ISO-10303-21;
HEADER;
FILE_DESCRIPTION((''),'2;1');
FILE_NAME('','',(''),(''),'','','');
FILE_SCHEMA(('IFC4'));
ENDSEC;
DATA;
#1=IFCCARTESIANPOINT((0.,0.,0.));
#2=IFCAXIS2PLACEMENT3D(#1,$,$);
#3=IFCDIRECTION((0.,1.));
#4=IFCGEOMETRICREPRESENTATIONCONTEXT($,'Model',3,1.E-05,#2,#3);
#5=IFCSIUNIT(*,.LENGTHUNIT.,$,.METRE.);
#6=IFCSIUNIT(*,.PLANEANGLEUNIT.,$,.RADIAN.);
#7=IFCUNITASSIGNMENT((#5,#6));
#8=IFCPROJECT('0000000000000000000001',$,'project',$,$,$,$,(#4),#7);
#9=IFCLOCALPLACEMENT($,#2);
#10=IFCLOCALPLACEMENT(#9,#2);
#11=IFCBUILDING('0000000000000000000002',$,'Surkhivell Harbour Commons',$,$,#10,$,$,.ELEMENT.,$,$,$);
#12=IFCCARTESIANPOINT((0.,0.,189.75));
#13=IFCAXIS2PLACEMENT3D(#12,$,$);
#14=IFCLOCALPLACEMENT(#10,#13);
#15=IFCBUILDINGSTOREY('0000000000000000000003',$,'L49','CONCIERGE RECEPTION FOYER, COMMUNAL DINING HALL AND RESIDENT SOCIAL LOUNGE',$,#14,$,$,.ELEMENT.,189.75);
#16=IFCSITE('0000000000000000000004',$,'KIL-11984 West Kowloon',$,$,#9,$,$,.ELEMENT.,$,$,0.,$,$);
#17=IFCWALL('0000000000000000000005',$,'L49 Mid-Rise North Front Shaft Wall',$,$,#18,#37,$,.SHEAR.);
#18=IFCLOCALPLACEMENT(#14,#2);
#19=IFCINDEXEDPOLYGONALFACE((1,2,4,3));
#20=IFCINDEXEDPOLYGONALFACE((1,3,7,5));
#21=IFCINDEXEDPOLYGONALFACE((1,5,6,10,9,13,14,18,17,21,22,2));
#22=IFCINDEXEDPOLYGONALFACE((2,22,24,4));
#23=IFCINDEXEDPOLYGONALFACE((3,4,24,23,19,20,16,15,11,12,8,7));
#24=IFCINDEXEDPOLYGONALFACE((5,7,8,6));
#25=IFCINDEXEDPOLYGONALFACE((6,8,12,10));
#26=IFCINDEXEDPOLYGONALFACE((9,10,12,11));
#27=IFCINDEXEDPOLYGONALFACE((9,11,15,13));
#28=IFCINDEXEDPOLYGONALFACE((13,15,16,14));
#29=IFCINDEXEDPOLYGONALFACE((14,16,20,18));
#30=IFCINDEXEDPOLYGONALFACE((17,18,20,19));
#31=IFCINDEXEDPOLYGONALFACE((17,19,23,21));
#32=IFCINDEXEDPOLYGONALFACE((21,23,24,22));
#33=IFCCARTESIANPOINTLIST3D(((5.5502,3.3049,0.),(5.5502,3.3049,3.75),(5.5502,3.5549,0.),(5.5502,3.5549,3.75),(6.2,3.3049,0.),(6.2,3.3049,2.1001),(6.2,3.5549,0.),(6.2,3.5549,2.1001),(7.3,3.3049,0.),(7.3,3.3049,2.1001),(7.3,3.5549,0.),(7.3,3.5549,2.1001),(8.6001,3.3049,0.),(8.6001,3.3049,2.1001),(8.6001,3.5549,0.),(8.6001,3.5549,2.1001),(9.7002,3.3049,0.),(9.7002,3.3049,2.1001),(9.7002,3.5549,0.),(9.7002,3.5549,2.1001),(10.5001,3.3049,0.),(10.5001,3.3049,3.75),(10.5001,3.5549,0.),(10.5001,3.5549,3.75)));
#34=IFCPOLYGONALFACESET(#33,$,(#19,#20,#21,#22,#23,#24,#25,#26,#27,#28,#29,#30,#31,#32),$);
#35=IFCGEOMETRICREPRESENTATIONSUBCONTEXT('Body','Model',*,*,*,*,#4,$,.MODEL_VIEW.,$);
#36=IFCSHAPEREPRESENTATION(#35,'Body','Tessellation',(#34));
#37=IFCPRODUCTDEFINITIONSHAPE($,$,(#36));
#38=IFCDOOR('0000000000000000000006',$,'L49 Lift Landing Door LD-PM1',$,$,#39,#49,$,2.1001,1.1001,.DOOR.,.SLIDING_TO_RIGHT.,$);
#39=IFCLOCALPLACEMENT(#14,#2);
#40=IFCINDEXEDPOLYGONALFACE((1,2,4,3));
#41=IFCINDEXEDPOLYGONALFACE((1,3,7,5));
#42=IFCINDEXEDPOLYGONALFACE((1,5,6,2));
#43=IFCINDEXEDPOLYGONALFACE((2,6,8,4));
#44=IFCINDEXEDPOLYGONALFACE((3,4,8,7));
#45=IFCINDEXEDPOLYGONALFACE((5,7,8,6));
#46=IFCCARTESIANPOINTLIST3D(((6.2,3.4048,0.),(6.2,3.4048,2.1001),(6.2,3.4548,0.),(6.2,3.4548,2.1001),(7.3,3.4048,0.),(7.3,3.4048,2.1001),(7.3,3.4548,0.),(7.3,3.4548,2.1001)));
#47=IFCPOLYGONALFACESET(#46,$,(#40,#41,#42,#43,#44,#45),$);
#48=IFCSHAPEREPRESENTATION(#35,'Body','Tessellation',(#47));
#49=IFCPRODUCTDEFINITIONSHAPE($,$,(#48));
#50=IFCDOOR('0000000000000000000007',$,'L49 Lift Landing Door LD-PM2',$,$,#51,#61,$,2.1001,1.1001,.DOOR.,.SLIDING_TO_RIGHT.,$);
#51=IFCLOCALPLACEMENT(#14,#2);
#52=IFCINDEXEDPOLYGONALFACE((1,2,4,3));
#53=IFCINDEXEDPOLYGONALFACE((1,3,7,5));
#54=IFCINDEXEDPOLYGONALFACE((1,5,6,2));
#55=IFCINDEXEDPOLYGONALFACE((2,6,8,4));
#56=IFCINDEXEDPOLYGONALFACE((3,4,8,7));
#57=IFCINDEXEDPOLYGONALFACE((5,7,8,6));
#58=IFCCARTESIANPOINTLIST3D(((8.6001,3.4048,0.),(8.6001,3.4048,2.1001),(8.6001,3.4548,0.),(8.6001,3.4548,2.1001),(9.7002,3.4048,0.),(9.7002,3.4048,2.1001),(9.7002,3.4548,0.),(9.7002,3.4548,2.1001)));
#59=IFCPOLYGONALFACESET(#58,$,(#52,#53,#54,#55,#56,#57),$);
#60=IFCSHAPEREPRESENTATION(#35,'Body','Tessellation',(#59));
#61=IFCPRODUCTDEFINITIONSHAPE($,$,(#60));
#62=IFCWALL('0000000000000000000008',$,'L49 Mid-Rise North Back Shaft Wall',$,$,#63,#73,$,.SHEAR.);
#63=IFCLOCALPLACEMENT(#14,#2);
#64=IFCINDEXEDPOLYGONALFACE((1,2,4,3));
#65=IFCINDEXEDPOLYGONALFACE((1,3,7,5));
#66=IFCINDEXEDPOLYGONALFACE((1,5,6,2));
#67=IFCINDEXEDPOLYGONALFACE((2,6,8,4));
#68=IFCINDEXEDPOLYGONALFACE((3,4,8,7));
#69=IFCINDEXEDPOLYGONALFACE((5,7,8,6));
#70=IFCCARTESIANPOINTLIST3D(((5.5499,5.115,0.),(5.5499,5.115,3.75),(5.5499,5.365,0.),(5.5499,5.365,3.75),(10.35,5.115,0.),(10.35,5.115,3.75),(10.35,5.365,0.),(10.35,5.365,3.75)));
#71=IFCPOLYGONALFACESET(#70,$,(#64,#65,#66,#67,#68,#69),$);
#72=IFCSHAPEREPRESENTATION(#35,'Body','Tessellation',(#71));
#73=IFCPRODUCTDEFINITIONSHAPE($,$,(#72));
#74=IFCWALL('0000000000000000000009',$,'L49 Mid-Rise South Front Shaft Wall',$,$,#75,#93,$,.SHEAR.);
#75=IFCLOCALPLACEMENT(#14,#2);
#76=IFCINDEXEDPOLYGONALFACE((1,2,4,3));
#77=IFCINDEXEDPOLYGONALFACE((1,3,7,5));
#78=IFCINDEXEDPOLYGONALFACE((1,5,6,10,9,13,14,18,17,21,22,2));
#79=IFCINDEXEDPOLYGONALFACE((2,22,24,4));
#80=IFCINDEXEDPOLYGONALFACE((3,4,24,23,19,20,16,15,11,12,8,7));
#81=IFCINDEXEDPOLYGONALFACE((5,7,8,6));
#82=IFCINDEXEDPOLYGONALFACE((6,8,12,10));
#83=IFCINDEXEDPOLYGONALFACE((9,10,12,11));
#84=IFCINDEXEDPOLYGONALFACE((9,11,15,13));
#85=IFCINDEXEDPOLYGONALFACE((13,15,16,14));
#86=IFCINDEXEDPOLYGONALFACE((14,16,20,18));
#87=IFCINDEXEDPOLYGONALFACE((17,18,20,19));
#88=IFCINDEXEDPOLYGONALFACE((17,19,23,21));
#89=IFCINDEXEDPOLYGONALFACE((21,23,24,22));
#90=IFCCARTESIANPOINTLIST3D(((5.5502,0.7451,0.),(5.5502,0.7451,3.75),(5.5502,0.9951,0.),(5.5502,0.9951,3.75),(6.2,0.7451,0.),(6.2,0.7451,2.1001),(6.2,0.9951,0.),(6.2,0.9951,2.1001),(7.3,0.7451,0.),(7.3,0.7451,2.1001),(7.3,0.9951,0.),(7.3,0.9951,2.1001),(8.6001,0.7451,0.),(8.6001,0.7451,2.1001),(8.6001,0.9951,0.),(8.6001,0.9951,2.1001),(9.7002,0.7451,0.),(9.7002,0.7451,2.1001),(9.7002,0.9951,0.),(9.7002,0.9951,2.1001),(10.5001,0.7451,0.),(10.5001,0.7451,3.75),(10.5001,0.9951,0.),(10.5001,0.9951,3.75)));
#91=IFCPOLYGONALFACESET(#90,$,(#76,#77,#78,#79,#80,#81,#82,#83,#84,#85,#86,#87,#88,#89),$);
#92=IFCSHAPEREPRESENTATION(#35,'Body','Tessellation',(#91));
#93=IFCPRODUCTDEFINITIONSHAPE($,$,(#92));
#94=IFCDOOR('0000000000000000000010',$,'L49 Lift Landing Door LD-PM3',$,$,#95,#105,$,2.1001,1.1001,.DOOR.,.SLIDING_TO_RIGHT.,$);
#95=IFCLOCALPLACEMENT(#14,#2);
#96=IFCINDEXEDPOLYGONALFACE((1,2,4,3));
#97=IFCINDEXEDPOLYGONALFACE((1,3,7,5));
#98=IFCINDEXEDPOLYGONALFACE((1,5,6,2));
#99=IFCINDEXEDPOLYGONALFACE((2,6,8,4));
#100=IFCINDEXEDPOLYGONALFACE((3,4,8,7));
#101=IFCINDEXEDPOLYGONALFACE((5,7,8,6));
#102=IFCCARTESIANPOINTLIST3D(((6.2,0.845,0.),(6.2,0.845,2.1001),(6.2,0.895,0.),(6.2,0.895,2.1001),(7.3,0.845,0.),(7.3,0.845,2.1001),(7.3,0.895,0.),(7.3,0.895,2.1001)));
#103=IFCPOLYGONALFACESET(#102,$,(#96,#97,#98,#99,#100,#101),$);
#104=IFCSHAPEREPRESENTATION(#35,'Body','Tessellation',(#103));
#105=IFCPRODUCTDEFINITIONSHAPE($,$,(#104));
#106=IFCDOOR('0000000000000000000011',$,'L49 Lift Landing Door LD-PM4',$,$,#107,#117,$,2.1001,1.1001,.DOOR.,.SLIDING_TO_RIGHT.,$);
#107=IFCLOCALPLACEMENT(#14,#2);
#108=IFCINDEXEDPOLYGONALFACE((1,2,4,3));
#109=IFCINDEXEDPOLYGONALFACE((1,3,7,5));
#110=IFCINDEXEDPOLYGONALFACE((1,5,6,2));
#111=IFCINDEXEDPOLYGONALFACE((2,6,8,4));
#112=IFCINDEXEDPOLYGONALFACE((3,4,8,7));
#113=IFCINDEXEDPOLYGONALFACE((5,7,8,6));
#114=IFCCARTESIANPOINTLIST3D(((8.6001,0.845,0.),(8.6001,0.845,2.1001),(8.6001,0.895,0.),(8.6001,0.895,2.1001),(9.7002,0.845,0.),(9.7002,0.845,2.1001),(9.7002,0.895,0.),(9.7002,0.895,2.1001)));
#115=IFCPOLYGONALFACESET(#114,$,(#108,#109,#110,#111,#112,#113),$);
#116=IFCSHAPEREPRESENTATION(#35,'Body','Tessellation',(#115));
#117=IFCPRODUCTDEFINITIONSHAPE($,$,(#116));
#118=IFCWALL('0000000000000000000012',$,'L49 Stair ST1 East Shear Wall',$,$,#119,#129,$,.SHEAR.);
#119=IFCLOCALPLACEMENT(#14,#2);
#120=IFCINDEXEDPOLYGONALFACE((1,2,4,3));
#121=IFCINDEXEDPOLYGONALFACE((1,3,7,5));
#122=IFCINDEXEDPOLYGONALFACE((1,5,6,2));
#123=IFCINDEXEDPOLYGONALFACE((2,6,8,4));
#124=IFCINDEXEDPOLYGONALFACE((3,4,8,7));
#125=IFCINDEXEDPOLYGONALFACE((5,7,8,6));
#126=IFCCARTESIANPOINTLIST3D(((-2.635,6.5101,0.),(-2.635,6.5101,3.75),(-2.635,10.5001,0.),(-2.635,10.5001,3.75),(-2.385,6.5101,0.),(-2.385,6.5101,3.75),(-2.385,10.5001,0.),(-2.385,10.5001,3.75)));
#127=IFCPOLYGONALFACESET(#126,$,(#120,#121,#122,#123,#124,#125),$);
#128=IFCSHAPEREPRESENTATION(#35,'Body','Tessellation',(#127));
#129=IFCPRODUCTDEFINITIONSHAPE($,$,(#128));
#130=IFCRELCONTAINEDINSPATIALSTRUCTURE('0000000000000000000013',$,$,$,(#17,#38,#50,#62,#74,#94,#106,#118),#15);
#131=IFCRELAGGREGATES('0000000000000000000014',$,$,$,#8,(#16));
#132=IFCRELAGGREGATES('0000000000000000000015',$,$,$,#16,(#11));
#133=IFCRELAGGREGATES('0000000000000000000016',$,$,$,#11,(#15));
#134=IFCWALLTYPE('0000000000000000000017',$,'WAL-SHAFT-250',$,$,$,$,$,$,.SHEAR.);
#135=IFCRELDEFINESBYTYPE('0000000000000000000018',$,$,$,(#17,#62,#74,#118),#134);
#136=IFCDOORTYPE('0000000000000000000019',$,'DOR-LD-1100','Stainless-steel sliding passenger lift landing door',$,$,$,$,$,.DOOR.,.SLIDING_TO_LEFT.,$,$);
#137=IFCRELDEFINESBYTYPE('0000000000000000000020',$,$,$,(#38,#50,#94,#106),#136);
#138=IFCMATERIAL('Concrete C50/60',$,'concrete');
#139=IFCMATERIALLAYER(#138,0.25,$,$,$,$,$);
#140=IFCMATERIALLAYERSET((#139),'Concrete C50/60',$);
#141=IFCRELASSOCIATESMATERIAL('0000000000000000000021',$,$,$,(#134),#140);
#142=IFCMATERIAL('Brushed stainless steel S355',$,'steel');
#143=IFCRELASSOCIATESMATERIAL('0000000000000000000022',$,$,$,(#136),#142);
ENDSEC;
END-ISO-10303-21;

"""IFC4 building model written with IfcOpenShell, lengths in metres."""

from ifc_helpers import new_model, si_unit, direction, frame, frame_2d, origin, place, context, subcontext, project, spatial, rectangle, extrude, material, layer, layer_set, type_object, element, fill, save


model = new_model("IFC4")

# Units and contexts
model_context = context("Model", 3, precision=1e-05, world=origin(), true_north=direction((0.0, 1.0)))
body_context = subcontext(model_context, "Body", "Model", "MODEL_VIEW")
ifc_project = project(units=[si_unit("LENGTHUNIT", "METRE"), si_unit("PLANEANGLEUNIT", "RADIAN")], contexts=[model_context])

# Site, building, storey
site_placement = place(None, origin())
site = spatial("IfcSite", under=ifc_project, at=site_placement, Name="KIL-11984 West Kowloon", CompositionType="ELEMENT", RefElevation=0.0)
building_placement = place(site_placement, origin())
building = spatial("IfcBuilding", under=site, at=building_placement, Name="Surkhivell Harbour Commons", CompositionType="ELEMENT")
storey_placement = place(building_placement, frame((0.0, 0.0, 189.75)))
storey = spatial("IfcBuildingStorey", under=building, at=storey_placement, Name="L49", Description="CONCIERGE RECEPTION FOYER, COMMUNAL DINING HALL AND RESIDENT SOCIAL LOUNGE", CompositionType="ELEMENT", Elevation=189.75)

# Shared definitions
ifc_material_1 = material(Name="Concrete C50/60", Category="concrete")
ifc_layer_1 = layer(ifc_material_1, 0.25)
ifc_layer_set_1 = layer_set([ifc_layer_1], Name="Concrete C50/60")
wall_type_1 = type_object("IfcWallType", Name="WAL-SHAFT-250", PredefinedType="SHEAR", material=ifc_layer_set_1)

# Wall, openings, doors
wall_1_placement = place(storey_placement, frame((5.55, 3.4299, 0.0), z_axis=(0.0, 0.0, 1.0), x_axis=(1.0, 0.0, 0.0)))
wall_1 = element("IfcWall", 1, at=wall_1_placement, inside=storey, type_object=wall_type_1, Name="L49 Mid-Rise North Front Shaft Wall", PredefinedType="SHEAR", context=body_context, shape_type="SweptSolid", body=[
    extrude(rectangle(XDim=4.95, YDim=0.25, at=frame_2d((2.4751, 0.0))), origin(), (0.0, 0.0, 1.0), 3.75),
])
opening_1_placement = place(wall_1_placement, frame((0.6499, 0.0, 0.0)))
opening_1 = element("IfcOpeningElement", 2, at=opening_1_placement, cuts=wall_1, PredefinedType="OPENING", context=body_context, shape_type="SweptSolid", body=[
    extrude(rectangle(XDim=1.1001, YDim=2.1001, at=frame_2d((0.55, 1.05))), frame((0.0, 0.135, 0.0), z_axis=(0.0, -1.0, 0.0), x_axis=(1.0, 0.0, 0.0)), (0.0, 0.0, 1.0), 0.27),
])
opening_2_placement = place(wall_1_placement, frame((3.05, 0.0, 0.0)))
opening_2 = element("IfcOpeningElement", 3, at=opening_2_placement, cuts=wall_1, PredefinedType="OPENING", context=body_context, shape_type="SweptSolid", body=[
    extrude(rectangle(XDim=1.1001, YDim=2.1001, at=frame_2d((0.55, 1.05))), frame((0.0, 0.135, 0.0), z_axis=(0.0, -1.0, 0.0), x_axis=(1.0, 0.0, 0.0)), (0.0, 0.0, 1.0), 0.27),
])
ifc_material_2 = material(Name="Brushed stainless steel S355", Category="steel")
door_type_1 = type_object("IfcDoorType", Name="DOR-LD-1100", Description="Stainless-steel sliding passenger lift landing door", OperationType="SLIDING_TO_LEFT", PredefinedType="DOOR", material=ifc_material_2)
door_1_placement = place(opening_1_placement, origin())
door_1 = element("IfcDoor", 4, at=door_1_placement, inside=storey, type_object=door_type_1, Name="L49 Lift Landing Door LD-PM1", OperationType="SLIDING_TO_RIGHT", OverallHeight=2.1001, OverallWidth=1.1001, PredefinedType="DOOR", context=body_context, shape_type="SweptSolid", body=[
    extrude(rectangle(XDim=1.1001, YDim=2.1001, at=frame_2d((0.55, 1.05))), frame((0.0, 0.0249, 0.0), z_axis=(0.0, -1.0, 0.0), x_axis=(1.0, 0.0, 0.0)), (0.0, 0.0, 1.0), 0.05),
])
fill(opening_1, door_1)
door_2_placement = place(opening_2_placement, origin())
door_2 = element("IfcDoor", 5, at=door_2_placement, inside=storey, type_object=door_type_1, Name="L49 Lift Landing Door LD-PM2", OperationType="SLIDING_TO_RIGHT", OverallHeight=2.1001, OverallWidth=1.1001, PredefinedType="DOOR", context=body_context, shape_type="SweptSolid", body=[
    extrude(rectangle(XDim=1.1001, YDim=2.1001, at=frame_2d((0.55, 1.05))), frame((0.0, 0.0249, 0.0), z_axis=(0.0, -1.0, 0.0), x_axis=(1.0, 0.0, 0.0)), (0.0, 0.0, 1.0), 0.05),
])
fill(opening_2, door_2)

# Wall
wall_2_placement = place(storey_placement, frame((5.55, 5.24, 0.0), z_axis=(0.0, 0.0, 1.0), x_axis=(1.0, 0.0, 0.0)))
element("IfcWall", 6, at=wall_2_placement, inside=storey, type_object=wall_type_1, Name="L49 Mid-Rise North Back Shaft Wall", PredefinedType="SHEAR", context=body_context, shape_type="SweptSolid", body=[
    extrude(rectangle(XDim=4.8, YDim=0.25, at=frame_2d((2.3999, 0.0))), origin(), (0.0, 0.0, 1.0), 3.75),
])

# Wall, openings, doors
wall_3_placement = place(storey_placement, frame((5.55, 0.8701, 0.0), z_axis=(0.0, 0.0, 1.0), x_axis=(1.0, 0.0, 0.0)))
wall_3 = element("IfcWall", 7, at=wall_3_placement, inside=storey, type_object=wall_type_1, Name="L49 Mid-Rise South Front Shaft Wall", PredefinedType="SHEAR", context=body_context, shape_type="SweptSolid", body=[
    extrude(rectangle(XDim=4.95, YDim=0.25, at=frame_2d((2.4751, 0.0))), origin(), (0.0, 0.0, 1.0), 3.75),
])
opening_3_placement = place(wall_3_placement, frame((0.6499, 0.0, 0.0)))
opening_3 = element("IfcOpeningElement", 8, at=opening_3_placement, cuts=wall_3, PredefinedType="OPENING", context=body_context, shape_type="SweptSolid", body=[
    extrude(rectangle(XDim=1.1001, YDim=2.1001, at=frame_2d((0.55, 1.05))), frame((0.0, 0.135, 0.0), z_axis=(0.0, -1.0, 0.0), x_axis=(1.0, 0.0, 0.0)), (0.0, 0.0, 1.0), 0.27),
])
opening_4_placement = place(wall_3_placement, frame((3.05, 0.0, 0.0)))
opening_4 = element("IfcOpeningElement", 9, at=opening_4_placement, cuts=wall_3, PredefinedType="OPENING", context=body_context, shape_type="SweptSolid", body=[
    extrude(rectangle(XDim=1.1001, YDim=2.1001, at=frame_2d((0.55, 1.05))), frame((0.0, 0.135, 0.0), z_axis=(0.0, -1.0, 0.0), x_axis=(1.0, 0.0, 0.0)), (0.0, 0.0, 1.0), 0.27),
])
door_3_placement = place(opening_3_placement, origin())
door_3 = element("IfcDoor", 10, at=door_3_placement, inside=storey, type_object=door_type_1, Name="L49 Lift Landing Door LD-PM3", OperationType="SLIDING_TO_RIGHT", OverallHeight=2.1001, OverallWidth=1.1001, PredefinedType="DOOR", context=body_context, shape_type="SweptSolid", body=[
    extrude(rectangle(XDim=1.1001, YDim=2.1001, at=frame_2d((0.55, 1.05))), frame((0.0, 0.0249, 0.0), z_axis=(0.0, -1.0, 0.0), x_axis=(1.0, 0.0, 0.0)), (0.0, 0.0, 1.0), 0.05),
])
fill(opening_3, door_3)
door_4_placement = place(opening_4_placement, origin())
door_4 = element("IfcDoor", 11, at=door_4_placement, inside=storey, type_object=door_type_1, Name="L49 Lift Landing Door LD-PM4", OperationType="SLIDING_TO_RIGHT", OverallHeight=2.1001, OverallWidth=1.1001, PredefinedType="DOOR", context=body_context, shape_type="SweptSolid", body=[
    extrude(rectangle(XDim=1.1001, YDim=2.1001, at=frame_2d((0.55, 1.05))), frame((0.0, 0.0249, 0.0), z_axis=(0.0, -1.0, 0.0), x_axis=(1.0, 0.0, 0.0)), (0.0, 0.0, 1.0), 0.05),
])
fill(opening_4, door_4)

# Wall
wall_4_placement = place(storey_placement, frame((-2.51, 6.51, 0.0), z_axis=(0.0, 0.0, 1.0), x_axis=(0.0, 1.0, 0.0)))
element("IfcWall", 12, at=wall_4_placement, inside=storey, type_object=wall_type_1, Name="L49 Stair ST1 East Shear Wall", PredefinedType="SHEAR", context=body_context, shape_type="SweptSolid", body=[
    extrude(rectangle(XDim=3.99, YDim=0.25, at=frame_2d((1.9951, 0.0))), origin(), (0.0, 0.0, 1.0), 3.75),
])

save(model, "model.ifc")
